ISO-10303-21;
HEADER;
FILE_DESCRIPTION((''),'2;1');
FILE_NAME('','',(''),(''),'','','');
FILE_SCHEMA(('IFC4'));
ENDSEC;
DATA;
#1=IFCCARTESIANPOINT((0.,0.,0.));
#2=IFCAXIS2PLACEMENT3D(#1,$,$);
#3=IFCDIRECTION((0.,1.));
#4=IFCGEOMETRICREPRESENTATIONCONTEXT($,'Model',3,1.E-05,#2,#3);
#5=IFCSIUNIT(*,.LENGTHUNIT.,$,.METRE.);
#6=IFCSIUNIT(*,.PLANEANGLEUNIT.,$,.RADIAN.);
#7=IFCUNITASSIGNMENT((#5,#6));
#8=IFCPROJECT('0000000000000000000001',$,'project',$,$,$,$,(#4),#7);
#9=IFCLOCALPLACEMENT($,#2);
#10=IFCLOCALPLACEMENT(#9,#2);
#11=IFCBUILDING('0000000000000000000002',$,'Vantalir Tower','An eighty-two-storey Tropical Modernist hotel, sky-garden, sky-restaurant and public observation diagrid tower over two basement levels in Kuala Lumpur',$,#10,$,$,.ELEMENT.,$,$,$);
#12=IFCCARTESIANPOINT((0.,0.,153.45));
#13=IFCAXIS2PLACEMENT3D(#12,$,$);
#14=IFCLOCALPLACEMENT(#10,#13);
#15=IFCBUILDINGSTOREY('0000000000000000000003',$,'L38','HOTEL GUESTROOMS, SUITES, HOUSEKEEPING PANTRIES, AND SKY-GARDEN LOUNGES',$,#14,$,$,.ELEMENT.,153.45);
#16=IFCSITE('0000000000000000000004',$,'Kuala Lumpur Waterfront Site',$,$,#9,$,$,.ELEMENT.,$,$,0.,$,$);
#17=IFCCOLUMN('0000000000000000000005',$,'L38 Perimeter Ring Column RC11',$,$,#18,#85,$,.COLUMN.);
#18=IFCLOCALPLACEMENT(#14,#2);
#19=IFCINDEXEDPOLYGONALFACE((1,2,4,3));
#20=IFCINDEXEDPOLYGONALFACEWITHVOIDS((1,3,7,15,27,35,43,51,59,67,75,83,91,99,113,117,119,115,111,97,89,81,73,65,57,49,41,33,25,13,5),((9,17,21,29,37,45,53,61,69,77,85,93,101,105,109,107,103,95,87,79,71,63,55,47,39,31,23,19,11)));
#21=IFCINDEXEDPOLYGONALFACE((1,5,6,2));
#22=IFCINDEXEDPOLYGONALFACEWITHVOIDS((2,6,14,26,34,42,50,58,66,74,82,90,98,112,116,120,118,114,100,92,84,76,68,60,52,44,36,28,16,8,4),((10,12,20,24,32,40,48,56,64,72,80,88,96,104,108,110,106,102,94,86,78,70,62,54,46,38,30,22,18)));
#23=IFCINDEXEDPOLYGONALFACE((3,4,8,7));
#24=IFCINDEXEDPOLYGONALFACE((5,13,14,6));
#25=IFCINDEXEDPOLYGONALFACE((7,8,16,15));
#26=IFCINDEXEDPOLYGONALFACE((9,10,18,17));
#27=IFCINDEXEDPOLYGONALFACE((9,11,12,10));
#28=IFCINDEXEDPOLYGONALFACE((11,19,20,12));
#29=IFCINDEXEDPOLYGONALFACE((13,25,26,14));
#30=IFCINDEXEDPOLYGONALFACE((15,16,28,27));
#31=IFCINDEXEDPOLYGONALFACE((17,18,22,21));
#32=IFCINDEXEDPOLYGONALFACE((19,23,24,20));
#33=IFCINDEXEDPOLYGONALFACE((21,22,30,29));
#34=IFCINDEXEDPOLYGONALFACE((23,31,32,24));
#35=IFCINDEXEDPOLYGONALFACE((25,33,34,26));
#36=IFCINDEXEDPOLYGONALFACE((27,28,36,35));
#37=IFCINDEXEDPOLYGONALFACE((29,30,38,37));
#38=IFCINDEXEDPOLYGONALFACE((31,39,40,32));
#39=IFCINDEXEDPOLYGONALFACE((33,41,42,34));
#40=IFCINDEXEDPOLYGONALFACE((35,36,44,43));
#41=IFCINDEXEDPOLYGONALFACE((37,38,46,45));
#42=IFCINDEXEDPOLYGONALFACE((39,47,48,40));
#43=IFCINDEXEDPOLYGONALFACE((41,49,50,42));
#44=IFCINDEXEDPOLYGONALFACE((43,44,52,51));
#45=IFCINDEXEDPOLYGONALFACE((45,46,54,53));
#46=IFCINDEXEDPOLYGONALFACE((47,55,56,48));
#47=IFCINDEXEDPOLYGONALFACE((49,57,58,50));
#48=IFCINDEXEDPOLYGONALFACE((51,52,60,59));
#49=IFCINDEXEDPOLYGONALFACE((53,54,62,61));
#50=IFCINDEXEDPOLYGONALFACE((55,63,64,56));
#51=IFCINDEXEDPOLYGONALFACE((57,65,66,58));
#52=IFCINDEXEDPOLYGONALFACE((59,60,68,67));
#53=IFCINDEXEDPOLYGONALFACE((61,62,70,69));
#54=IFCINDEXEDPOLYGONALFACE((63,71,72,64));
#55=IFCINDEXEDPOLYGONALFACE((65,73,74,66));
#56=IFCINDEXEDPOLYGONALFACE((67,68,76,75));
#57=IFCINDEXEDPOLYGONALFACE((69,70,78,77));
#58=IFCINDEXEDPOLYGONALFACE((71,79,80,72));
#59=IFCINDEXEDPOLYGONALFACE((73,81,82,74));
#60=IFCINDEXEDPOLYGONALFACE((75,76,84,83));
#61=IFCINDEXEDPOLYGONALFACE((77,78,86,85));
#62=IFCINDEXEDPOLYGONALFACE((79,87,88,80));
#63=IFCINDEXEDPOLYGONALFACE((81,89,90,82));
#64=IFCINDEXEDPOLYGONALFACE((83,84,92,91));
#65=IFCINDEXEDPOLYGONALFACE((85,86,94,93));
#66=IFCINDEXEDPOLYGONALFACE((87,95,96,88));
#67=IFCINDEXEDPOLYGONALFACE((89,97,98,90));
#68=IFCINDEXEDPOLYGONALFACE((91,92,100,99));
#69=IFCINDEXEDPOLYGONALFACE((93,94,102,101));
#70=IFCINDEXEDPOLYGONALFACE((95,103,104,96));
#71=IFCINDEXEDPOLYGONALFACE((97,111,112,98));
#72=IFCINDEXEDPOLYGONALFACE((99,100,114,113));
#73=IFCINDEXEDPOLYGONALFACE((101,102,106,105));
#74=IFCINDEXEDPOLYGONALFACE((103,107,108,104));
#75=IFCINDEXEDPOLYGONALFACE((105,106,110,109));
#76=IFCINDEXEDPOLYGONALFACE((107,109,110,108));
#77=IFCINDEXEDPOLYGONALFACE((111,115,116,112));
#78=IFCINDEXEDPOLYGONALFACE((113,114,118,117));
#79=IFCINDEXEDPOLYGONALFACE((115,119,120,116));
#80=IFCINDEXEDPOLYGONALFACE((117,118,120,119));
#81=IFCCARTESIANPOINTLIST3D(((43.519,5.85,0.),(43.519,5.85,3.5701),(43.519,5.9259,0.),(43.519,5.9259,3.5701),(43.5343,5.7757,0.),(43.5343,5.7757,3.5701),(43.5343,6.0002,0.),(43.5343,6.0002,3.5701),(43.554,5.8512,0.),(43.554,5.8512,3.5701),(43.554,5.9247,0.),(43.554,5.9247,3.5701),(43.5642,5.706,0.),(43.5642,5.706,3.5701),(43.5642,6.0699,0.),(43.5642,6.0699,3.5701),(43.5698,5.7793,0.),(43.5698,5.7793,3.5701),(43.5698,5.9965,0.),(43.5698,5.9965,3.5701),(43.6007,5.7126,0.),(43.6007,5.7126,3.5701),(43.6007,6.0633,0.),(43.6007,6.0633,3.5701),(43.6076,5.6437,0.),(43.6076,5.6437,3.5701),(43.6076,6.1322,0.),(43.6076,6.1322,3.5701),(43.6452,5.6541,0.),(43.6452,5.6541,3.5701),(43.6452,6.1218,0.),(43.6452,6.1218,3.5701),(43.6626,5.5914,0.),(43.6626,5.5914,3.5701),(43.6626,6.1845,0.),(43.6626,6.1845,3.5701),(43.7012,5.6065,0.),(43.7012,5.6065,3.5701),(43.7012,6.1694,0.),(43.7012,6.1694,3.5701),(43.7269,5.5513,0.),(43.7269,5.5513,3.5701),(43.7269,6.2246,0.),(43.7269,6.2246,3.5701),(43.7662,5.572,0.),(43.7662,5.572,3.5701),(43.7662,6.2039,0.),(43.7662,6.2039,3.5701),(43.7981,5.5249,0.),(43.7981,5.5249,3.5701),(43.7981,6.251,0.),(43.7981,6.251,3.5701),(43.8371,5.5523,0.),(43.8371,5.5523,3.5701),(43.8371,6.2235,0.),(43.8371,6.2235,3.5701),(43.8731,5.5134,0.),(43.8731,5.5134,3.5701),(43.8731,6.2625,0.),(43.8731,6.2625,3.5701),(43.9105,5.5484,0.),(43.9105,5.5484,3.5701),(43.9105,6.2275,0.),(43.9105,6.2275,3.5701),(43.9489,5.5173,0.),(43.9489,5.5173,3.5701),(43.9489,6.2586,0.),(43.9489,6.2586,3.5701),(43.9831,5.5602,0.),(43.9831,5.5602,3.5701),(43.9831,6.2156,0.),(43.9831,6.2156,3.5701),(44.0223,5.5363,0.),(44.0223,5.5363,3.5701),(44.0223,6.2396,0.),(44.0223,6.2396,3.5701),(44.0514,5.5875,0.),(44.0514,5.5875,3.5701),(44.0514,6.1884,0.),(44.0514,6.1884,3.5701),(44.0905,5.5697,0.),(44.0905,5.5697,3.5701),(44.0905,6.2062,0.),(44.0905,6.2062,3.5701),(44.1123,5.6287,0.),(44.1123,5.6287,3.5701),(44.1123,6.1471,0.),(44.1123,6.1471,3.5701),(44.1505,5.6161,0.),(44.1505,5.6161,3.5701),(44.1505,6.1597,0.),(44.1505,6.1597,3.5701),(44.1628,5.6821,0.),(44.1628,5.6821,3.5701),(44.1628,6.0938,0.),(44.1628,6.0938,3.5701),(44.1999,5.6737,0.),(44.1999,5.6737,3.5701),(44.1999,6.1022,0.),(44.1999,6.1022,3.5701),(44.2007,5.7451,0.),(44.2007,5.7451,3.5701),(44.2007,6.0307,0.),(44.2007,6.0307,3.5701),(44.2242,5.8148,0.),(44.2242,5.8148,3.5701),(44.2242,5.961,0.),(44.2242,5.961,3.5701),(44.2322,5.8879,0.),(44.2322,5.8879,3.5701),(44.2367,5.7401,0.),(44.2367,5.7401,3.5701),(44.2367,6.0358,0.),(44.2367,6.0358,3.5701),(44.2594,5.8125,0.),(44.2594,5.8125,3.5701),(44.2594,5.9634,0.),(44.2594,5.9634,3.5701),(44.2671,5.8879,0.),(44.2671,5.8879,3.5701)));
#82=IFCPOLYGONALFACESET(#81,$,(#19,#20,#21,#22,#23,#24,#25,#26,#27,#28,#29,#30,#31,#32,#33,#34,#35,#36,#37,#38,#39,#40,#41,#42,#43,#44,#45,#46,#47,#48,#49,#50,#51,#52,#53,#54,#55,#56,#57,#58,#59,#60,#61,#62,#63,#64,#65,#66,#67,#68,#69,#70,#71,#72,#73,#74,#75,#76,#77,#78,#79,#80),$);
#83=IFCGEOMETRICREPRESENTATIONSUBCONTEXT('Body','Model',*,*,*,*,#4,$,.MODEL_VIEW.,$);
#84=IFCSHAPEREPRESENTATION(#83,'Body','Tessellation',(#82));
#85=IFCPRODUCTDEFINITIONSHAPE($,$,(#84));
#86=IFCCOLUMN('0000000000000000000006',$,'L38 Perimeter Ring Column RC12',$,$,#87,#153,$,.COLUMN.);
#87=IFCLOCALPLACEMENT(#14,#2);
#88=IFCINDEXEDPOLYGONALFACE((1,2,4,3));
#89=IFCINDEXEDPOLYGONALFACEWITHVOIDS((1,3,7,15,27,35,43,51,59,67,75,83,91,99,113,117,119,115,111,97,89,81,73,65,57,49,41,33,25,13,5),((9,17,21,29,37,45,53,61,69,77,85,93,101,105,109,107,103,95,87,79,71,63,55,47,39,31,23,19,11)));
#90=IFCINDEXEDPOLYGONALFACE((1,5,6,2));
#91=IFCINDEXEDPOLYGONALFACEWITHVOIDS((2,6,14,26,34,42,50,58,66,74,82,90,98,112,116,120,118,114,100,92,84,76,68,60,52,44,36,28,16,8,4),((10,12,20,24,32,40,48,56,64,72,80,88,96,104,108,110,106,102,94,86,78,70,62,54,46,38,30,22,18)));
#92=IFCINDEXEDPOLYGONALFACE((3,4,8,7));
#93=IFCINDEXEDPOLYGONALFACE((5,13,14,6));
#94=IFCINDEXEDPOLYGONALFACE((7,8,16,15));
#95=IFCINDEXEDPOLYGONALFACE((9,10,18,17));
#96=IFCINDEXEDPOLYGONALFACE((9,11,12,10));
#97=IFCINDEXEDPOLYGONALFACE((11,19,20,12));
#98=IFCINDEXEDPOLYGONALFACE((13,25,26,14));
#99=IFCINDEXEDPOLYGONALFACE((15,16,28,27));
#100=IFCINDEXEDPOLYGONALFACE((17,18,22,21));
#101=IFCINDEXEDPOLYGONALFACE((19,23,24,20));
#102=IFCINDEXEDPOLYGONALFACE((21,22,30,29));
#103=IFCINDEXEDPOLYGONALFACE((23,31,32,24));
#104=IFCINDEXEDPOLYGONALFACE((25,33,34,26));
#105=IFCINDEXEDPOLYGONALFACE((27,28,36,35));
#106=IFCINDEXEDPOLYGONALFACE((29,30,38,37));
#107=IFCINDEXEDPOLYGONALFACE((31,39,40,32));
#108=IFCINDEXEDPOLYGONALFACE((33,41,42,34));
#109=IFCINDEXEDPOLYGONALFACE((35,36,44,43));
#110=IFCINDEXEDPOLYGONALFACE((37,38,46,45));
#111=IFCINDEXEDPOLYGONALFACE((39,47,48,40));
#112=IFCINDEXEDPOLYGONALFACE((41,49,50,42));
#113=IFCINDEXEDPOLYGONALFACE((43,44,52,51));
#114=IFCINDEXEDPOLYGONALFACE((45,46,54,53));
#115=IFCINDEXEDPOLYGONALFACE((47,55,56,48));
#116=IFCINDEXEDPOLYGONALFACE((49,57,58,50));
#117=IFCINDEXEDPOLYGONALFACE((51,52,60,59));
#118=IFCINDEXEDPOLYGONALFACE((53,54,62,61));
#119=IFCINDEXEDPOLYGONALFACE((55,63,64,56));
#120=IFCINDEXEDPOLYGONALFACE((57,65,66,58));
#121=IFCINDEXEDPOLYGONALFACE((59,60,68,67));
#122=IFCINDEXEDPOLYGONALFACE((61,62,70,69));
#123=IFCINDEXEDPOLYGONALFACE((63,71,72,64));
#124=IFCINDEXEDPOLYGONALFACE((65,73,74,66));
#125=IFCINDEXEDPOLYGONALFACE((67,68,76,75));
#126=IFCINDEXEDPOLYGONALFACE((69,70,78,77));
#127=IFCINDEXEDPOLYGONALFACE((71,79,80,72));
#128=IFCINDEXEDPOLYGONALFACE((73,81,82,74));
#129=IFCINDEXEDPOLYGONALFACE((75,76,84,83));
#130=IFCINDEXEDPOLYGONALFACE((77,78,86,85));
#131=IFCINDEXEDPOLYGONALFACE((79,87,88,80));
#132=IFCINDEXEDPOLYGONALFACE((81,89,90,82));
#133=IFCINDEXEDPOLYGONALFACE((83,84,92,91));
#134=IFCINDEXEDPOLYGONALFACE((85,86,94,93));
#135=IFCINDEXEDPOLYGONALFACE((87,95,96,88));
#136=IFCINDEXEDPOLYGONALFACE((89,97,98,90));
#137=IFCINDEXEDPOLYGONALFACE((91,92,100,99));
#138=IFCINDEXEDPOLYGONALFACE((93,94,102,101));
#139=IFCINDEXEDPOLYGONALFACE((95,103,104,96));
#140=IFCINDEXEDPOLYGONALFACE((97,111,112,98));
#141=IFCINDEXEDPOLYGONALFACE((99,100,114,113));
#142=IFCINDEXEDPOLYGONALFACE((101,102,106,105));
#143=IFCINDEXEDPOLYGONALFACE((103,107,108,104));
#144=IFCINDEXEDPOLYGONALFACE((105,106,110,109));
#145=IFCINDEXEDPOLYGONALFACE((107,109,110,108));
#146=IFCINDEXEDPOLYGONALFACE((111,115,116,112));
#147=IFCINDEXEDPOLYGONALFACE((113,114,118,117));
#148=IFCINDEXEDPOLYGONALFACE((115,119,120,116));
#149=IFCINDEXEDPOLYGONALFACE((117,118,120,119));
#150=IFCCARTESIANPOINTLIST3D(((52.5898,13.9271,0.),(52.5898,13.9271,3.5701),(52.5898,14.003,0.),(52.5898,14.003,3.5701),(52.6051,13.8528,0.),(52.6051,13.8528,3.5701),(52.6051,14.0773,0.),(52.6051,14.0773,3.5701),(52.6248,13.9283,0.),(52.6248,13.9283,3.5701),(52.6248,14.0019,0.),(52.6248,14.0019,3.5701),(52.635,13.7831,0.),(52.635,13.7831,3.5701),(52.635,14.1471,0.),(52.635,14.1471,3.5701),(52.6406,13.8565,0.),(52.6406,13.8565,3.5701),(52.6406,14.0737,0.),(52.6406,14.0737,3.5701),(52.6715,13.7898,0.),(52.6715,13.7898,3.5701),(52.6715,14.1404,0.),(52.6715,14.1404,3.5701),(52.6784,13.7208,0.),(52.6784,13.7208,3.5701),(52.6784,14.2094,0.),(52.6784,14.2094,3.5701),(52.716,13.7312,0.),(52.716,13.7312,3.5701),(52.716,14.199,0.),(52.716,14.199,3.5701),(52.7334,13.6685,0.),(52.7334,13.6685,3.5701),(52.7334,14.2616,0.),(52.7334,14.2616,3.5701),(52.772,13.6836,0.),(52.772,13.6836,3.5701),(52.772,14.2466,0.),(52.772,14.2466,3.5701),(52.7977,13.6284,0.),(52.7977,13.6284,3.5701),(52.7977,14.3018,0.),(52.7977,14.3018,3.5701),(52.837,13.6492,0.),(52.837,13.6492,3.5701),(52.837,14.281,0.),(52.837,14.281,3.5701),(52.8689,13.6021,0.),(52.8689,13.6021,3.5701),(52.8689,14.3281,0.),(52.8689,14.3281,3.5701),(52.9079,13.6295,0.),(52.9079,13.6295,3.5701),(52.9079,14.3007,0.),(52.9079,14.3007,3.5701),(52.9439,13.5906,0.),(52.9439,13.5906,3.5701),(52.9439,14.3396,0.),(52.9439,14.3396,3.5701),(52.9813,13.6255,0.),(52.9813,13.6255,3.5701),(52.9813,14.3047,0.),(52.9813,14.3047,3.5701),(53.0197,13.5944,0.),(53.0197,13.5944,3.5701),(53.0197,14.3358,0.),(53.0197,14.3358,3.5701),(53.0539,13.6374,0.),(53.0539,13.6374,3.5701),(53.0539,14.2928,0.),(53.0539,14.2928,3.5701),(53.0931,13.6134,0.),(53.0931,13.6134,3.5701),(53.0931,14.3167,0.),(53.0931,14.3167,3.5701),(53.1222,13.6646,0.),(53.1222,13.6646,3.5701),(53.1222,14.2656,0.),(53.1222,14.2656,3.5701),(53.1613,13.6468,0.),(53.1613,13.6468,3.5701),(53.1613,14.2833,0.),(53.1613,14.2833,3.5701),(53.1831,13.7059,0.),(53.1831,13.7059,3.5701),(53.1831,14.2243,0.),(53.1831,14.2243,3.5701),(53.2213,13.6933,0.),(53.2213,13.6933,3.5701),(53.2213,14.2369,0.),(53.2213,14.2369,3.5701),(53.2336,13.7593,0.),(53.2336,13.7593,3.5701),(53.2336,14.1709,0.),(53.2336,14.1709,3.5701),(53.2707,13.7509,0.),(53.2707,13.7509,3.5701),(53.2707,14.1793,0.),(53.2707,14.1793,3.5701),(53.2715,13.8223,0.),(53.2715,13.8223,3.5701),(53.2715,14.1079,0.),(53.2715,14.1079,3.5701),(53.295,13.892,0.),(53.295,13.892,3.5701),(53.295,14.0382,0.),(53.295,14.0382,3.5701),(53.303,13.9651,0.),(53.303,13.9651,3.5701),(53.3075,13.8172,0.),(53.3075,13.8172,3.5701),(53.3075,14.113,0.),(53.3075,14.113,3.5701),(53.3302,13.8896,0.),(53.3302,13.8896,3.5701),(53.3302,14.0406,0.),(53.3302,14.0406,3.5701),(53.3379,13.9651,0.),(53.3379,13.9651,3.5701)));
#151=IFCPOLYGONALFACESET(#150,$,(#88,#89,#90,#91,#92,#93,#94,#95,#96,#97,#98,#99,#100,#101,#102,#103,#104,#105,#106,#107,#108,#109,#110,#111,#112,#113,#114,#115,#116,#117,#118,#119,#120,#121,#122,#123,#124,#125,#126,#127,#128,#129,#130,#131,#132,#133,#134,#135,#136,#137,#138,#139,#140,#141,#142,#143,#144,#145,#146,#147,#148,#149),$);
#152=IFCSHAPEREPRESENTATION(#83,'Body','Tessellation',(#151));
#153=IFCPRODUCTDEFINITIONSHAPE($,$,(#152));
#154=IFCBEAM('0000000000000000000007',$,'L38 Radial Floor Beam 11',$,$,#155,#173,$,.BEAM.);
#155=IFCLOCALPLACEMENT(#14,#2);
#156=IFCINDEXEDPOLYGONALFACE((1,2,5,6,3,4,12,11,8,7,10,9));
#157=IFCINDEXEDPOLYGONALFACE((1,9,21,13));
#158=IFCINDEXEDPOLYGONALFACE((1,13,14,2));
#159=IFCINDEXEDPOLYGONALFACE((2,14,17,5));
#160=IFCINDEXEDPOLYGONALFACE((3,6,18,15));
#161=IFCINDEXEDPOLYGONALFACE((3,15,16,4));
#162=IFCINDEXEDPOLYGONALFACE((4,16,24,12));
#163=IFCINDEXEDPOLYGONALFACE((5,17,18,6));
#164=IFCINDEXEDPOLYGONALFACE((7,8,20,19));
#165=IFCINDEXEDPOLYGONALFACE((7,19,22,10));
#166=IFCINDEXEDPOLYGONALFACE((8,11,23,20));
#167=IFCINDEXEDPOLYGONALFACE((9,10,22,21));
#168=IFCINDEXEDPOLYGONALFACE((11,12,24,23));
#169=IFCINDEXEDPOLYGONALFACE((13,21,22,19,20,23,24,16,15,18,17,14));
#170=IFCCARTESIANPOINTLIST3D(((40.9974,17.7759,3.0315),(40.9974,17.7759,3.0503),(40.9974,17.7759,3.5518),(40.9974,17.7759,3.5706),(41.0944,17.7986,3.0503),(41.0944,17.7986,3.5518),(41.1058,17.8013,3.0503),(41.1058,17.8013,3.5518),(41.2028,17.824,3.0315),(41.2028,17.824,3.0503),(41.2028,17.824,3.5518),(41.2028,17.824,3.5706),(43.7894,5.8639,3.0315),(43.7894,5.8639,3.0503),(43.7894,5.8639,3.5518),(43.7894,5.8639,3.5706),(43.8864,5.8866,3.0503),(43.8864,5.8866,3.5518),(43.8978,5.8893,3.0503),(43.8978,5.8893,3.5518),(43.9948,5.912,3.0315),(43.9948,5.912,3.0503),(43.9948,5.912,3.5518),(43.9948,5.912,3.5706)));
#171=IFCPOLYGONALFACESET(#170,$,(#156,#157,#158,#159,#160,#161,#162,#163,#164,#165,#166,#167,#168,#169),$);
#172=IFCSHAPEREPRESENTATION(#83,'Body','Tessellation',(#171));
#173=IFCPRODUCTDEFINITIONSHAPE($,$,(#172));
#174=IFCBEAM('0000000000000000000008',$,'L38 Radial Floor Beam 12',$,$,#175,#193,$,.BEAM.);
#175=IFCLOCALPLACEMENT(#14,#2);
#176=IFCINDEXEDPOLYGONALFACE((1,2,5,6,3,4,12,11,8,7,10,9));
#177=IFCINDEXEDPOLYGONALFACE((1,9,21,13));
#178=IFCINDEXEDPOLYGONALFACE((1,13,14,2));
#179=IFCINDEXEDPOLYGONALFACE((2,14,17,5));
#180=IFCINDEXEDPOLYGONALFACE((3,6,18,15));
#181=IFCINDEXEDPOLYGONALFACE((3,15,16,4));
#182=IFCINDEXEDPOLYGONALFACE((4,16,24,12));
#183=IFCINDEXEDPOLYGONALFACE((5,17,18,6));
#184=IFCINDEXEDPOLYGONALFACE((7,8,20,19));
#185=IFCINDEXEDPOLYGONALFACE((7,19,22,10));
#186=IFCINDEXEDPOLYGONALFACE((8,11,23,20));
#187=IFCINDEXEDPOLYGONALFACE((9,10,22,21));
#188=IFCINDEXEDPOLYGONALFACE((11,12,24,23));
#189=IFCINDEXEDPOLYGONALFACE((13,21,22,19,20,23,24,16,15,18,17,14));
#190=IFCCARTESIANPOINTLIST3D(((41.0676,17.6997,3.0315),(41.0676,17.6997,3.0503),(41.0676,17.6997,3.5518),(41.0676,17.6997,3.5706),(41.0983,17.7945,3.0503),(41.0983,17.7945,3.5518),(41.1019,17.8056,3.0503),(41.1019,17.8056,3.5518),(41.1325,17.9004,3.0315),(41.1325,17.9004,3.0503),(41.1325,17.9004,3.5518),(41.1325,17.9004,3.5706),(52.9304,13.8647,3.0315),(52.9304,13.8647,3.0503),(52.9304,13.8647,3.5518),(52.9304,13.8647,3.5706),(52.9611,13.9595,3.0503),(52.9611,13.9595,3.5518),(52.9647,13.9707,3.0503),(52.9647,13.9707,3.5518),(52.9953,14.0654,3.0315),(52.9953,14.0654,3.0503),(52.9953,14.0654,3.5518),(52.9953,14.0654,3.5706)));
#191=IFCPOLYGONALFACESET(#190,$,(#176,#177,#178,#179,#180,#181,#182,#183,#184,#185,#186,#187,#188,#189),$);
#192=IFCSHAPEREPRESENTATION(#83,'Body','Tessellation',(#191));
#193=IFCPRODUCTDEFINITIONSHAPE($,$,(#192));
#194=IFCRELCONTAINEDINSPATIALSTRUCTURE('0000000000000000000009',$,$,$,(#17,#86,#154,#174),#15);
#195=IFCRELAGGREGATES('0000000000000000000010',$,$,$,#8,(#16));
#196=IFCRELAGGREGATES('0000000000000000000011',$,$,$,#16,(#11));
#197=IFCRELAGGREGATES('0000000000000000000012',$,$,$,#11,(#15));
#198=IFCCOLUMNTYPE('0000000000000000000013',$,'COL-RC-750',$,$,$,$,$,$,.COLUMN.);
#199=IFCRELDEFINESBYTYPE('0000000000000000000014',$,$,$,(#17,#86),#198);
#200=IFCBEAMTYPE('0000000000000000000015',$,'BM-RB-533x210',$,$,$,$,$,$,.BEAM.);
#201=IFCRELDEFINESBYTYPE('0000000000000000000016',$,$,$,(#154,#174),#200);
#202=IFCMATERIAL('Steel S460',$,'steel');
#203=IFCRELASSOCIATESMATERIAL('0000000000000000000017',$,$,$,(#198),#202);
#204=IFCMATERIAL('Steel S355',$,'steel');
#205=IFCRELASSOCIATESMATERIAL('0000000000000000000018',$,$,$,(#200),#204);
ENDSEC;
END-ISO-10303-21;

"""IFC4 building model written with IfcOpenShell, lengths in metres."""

from ifc_helpers import new_model, si_unit, direction, frame, origin, origin_2d, place, context, subcontext, project, spatial, hollow_circle, i_section, extrude, material, material_profile, profile_set, type_object, element, save


model = new_model("IFC4")

# Units and contexts
model_context = context("Model", 3, precision=1e-05, world=origin(), true_north=direction((0.0, 1.0)))
body_context = subcontext(model_context, "Body", "Model", "MODEL_VIEW")
ifc_project = project(units=[si_unit("LENGTHUNIT", "METRE"), si_unit("PLANEANGLEUNIT", "RADIAN")], contexts=[model_context])

# Site, building, storey
site_placement = place(None, origin())
site = spatial("IfcSite", under=ifc_project, at=site_placement, Name="Kuala Lumpur Waterfront Site", CompositionType="ELEMENT", RefElevation=0.0)
building_placement = place(site_placement, origin())
building = spatial("IfcBuilding", under=site, at=building_placement, Name="Vantalir Tower", Description="An eighty-two-storey Tropical Modernist hotel, sky-garden, sky-restaurant and public observation diagrid tower over two basement levels in Kuala Lumpur", CompositionType="ELEMENT")
storey_placement = place(building_placement, frame((0.0, 0.0, 153.45)))
storey = spatial("IfcBuildingStorey", under=building, at=storey_placement, Name="L38", Description="HOTEL GUESTROOMS, SUITES, HOUSEKEEPING PANTRIES, AND SKY-GARDEN LOUNGES", CompositionType="ELEMENT", Elevation=153.45)

# Columns
ifc_material_1 = material(Name="Steel S460", Category="steel")
ifc_material_profile_1 = material_profile(ifc_material_1, hollow_circle(Radius=0.375, WallThickness=0.0349, at=origin_2d()), Name="Steel S460")
ifc_profile_set_1 = profile_set([ifc_material_profile_1], Name="Steel S460")
column_type = type_object("IfcColumnType", Name="COL-RC-750", PredefinedType="COLUMN", material=ifc_profile_set_1)
for number, where, z_axis, x_axis, name in (
    (1, (43.8921, 5.8879, 0.0), (0.0, 0.0, 1.0), (1.0, 0.0, 0.0), "L38 Perimeter Ring Column RC11"),
    (2, (52.9629, 13.9651, 0.0), (0.0, 0.0, 1.0), (1.0, 0.0, 0.0), "L38 Perimeter Ring Column RC12"),
):
    element("IfcColumn", number, at=place(storey_placement, frame(where, z_axis=z_axis, x_axis=x_axis)), inside=storey, type_object=column_type, Name=name, PredefinedType="COLUMN", context=body_context, shape_type="SweptSolid", body=[
        extrude(hollow_circle(Radius=0.375, WallThickness=0.0349, at=origin_2d()), origin(), (0.0, 0.0, 1.0), 3.5701),
    ])

# Beams
ifc_material_2 = material(Name="Steel S355", Category="steel")
ifc_material_profile_2 = material_profile(ifc_material_2, i_section(OverallWidth=0.2109, OverallDepth=0.5391, WebThickness=0.0117, FlangeThickness=0.0188, at=origin_2d()), Name="Steel S355")
ifc_profile_set_2 = profile_set([ifc_material_profile_2], Name="Steel S355")
beam_type_1 = type_object("IfcBeamType", Name="BM-RB-533x210", PredefinedType="BEAM", material=ifc_profile_set_2)
beam_1_placement = place(storey_placement, frame((43.8921, 5.8879, 3.301), z_axis=(-0.228198, 0.973615, 0.0), x_axis=(-0.973615, -0.228198, 0.0)))
element("IfcBeam", 3, at=beam_1_placement, inside=storey, type_object=beam_type_1, Name="L38 Radial Floor Beam 11", PredefinedType="BEAM", context=body_context, shape_type="SweptSolid", body=[
    extrude(i_section(OverallWidth=0.2109, OverallDepth=0.5391, WebThickness=0.0117, FlangeThickness=0.0188, at=origin_2d()), origin(), (0.0, 0.0, 1.0), 12.2349),
])
beam_2_placement = place(storey_placement, frame((52.9629, 13.9651, 3.301), z_axis=(-0.951515, 0.307602, 0.0), x_axis=(-0.307602, -0.951515, 0.0)))
element("IfcBeam", 4, at=beam_2_placement, inside=storey, type_object=beam_type_1, Name="L38 Radial Floor Beam 12", PredefinedType="BEAM", context=body_context, shape_type="SweptSolid", body=[
    extrude(i_section(OverallWidth=0.2109, OverallDepth=0.5391, WebThickness=0.0117, FlangeThickness=0.0188, at=origin_2d()), origin(), (0.0, 0.0, 1.0), 12.4673),
])

save(model, "model.ifc")
